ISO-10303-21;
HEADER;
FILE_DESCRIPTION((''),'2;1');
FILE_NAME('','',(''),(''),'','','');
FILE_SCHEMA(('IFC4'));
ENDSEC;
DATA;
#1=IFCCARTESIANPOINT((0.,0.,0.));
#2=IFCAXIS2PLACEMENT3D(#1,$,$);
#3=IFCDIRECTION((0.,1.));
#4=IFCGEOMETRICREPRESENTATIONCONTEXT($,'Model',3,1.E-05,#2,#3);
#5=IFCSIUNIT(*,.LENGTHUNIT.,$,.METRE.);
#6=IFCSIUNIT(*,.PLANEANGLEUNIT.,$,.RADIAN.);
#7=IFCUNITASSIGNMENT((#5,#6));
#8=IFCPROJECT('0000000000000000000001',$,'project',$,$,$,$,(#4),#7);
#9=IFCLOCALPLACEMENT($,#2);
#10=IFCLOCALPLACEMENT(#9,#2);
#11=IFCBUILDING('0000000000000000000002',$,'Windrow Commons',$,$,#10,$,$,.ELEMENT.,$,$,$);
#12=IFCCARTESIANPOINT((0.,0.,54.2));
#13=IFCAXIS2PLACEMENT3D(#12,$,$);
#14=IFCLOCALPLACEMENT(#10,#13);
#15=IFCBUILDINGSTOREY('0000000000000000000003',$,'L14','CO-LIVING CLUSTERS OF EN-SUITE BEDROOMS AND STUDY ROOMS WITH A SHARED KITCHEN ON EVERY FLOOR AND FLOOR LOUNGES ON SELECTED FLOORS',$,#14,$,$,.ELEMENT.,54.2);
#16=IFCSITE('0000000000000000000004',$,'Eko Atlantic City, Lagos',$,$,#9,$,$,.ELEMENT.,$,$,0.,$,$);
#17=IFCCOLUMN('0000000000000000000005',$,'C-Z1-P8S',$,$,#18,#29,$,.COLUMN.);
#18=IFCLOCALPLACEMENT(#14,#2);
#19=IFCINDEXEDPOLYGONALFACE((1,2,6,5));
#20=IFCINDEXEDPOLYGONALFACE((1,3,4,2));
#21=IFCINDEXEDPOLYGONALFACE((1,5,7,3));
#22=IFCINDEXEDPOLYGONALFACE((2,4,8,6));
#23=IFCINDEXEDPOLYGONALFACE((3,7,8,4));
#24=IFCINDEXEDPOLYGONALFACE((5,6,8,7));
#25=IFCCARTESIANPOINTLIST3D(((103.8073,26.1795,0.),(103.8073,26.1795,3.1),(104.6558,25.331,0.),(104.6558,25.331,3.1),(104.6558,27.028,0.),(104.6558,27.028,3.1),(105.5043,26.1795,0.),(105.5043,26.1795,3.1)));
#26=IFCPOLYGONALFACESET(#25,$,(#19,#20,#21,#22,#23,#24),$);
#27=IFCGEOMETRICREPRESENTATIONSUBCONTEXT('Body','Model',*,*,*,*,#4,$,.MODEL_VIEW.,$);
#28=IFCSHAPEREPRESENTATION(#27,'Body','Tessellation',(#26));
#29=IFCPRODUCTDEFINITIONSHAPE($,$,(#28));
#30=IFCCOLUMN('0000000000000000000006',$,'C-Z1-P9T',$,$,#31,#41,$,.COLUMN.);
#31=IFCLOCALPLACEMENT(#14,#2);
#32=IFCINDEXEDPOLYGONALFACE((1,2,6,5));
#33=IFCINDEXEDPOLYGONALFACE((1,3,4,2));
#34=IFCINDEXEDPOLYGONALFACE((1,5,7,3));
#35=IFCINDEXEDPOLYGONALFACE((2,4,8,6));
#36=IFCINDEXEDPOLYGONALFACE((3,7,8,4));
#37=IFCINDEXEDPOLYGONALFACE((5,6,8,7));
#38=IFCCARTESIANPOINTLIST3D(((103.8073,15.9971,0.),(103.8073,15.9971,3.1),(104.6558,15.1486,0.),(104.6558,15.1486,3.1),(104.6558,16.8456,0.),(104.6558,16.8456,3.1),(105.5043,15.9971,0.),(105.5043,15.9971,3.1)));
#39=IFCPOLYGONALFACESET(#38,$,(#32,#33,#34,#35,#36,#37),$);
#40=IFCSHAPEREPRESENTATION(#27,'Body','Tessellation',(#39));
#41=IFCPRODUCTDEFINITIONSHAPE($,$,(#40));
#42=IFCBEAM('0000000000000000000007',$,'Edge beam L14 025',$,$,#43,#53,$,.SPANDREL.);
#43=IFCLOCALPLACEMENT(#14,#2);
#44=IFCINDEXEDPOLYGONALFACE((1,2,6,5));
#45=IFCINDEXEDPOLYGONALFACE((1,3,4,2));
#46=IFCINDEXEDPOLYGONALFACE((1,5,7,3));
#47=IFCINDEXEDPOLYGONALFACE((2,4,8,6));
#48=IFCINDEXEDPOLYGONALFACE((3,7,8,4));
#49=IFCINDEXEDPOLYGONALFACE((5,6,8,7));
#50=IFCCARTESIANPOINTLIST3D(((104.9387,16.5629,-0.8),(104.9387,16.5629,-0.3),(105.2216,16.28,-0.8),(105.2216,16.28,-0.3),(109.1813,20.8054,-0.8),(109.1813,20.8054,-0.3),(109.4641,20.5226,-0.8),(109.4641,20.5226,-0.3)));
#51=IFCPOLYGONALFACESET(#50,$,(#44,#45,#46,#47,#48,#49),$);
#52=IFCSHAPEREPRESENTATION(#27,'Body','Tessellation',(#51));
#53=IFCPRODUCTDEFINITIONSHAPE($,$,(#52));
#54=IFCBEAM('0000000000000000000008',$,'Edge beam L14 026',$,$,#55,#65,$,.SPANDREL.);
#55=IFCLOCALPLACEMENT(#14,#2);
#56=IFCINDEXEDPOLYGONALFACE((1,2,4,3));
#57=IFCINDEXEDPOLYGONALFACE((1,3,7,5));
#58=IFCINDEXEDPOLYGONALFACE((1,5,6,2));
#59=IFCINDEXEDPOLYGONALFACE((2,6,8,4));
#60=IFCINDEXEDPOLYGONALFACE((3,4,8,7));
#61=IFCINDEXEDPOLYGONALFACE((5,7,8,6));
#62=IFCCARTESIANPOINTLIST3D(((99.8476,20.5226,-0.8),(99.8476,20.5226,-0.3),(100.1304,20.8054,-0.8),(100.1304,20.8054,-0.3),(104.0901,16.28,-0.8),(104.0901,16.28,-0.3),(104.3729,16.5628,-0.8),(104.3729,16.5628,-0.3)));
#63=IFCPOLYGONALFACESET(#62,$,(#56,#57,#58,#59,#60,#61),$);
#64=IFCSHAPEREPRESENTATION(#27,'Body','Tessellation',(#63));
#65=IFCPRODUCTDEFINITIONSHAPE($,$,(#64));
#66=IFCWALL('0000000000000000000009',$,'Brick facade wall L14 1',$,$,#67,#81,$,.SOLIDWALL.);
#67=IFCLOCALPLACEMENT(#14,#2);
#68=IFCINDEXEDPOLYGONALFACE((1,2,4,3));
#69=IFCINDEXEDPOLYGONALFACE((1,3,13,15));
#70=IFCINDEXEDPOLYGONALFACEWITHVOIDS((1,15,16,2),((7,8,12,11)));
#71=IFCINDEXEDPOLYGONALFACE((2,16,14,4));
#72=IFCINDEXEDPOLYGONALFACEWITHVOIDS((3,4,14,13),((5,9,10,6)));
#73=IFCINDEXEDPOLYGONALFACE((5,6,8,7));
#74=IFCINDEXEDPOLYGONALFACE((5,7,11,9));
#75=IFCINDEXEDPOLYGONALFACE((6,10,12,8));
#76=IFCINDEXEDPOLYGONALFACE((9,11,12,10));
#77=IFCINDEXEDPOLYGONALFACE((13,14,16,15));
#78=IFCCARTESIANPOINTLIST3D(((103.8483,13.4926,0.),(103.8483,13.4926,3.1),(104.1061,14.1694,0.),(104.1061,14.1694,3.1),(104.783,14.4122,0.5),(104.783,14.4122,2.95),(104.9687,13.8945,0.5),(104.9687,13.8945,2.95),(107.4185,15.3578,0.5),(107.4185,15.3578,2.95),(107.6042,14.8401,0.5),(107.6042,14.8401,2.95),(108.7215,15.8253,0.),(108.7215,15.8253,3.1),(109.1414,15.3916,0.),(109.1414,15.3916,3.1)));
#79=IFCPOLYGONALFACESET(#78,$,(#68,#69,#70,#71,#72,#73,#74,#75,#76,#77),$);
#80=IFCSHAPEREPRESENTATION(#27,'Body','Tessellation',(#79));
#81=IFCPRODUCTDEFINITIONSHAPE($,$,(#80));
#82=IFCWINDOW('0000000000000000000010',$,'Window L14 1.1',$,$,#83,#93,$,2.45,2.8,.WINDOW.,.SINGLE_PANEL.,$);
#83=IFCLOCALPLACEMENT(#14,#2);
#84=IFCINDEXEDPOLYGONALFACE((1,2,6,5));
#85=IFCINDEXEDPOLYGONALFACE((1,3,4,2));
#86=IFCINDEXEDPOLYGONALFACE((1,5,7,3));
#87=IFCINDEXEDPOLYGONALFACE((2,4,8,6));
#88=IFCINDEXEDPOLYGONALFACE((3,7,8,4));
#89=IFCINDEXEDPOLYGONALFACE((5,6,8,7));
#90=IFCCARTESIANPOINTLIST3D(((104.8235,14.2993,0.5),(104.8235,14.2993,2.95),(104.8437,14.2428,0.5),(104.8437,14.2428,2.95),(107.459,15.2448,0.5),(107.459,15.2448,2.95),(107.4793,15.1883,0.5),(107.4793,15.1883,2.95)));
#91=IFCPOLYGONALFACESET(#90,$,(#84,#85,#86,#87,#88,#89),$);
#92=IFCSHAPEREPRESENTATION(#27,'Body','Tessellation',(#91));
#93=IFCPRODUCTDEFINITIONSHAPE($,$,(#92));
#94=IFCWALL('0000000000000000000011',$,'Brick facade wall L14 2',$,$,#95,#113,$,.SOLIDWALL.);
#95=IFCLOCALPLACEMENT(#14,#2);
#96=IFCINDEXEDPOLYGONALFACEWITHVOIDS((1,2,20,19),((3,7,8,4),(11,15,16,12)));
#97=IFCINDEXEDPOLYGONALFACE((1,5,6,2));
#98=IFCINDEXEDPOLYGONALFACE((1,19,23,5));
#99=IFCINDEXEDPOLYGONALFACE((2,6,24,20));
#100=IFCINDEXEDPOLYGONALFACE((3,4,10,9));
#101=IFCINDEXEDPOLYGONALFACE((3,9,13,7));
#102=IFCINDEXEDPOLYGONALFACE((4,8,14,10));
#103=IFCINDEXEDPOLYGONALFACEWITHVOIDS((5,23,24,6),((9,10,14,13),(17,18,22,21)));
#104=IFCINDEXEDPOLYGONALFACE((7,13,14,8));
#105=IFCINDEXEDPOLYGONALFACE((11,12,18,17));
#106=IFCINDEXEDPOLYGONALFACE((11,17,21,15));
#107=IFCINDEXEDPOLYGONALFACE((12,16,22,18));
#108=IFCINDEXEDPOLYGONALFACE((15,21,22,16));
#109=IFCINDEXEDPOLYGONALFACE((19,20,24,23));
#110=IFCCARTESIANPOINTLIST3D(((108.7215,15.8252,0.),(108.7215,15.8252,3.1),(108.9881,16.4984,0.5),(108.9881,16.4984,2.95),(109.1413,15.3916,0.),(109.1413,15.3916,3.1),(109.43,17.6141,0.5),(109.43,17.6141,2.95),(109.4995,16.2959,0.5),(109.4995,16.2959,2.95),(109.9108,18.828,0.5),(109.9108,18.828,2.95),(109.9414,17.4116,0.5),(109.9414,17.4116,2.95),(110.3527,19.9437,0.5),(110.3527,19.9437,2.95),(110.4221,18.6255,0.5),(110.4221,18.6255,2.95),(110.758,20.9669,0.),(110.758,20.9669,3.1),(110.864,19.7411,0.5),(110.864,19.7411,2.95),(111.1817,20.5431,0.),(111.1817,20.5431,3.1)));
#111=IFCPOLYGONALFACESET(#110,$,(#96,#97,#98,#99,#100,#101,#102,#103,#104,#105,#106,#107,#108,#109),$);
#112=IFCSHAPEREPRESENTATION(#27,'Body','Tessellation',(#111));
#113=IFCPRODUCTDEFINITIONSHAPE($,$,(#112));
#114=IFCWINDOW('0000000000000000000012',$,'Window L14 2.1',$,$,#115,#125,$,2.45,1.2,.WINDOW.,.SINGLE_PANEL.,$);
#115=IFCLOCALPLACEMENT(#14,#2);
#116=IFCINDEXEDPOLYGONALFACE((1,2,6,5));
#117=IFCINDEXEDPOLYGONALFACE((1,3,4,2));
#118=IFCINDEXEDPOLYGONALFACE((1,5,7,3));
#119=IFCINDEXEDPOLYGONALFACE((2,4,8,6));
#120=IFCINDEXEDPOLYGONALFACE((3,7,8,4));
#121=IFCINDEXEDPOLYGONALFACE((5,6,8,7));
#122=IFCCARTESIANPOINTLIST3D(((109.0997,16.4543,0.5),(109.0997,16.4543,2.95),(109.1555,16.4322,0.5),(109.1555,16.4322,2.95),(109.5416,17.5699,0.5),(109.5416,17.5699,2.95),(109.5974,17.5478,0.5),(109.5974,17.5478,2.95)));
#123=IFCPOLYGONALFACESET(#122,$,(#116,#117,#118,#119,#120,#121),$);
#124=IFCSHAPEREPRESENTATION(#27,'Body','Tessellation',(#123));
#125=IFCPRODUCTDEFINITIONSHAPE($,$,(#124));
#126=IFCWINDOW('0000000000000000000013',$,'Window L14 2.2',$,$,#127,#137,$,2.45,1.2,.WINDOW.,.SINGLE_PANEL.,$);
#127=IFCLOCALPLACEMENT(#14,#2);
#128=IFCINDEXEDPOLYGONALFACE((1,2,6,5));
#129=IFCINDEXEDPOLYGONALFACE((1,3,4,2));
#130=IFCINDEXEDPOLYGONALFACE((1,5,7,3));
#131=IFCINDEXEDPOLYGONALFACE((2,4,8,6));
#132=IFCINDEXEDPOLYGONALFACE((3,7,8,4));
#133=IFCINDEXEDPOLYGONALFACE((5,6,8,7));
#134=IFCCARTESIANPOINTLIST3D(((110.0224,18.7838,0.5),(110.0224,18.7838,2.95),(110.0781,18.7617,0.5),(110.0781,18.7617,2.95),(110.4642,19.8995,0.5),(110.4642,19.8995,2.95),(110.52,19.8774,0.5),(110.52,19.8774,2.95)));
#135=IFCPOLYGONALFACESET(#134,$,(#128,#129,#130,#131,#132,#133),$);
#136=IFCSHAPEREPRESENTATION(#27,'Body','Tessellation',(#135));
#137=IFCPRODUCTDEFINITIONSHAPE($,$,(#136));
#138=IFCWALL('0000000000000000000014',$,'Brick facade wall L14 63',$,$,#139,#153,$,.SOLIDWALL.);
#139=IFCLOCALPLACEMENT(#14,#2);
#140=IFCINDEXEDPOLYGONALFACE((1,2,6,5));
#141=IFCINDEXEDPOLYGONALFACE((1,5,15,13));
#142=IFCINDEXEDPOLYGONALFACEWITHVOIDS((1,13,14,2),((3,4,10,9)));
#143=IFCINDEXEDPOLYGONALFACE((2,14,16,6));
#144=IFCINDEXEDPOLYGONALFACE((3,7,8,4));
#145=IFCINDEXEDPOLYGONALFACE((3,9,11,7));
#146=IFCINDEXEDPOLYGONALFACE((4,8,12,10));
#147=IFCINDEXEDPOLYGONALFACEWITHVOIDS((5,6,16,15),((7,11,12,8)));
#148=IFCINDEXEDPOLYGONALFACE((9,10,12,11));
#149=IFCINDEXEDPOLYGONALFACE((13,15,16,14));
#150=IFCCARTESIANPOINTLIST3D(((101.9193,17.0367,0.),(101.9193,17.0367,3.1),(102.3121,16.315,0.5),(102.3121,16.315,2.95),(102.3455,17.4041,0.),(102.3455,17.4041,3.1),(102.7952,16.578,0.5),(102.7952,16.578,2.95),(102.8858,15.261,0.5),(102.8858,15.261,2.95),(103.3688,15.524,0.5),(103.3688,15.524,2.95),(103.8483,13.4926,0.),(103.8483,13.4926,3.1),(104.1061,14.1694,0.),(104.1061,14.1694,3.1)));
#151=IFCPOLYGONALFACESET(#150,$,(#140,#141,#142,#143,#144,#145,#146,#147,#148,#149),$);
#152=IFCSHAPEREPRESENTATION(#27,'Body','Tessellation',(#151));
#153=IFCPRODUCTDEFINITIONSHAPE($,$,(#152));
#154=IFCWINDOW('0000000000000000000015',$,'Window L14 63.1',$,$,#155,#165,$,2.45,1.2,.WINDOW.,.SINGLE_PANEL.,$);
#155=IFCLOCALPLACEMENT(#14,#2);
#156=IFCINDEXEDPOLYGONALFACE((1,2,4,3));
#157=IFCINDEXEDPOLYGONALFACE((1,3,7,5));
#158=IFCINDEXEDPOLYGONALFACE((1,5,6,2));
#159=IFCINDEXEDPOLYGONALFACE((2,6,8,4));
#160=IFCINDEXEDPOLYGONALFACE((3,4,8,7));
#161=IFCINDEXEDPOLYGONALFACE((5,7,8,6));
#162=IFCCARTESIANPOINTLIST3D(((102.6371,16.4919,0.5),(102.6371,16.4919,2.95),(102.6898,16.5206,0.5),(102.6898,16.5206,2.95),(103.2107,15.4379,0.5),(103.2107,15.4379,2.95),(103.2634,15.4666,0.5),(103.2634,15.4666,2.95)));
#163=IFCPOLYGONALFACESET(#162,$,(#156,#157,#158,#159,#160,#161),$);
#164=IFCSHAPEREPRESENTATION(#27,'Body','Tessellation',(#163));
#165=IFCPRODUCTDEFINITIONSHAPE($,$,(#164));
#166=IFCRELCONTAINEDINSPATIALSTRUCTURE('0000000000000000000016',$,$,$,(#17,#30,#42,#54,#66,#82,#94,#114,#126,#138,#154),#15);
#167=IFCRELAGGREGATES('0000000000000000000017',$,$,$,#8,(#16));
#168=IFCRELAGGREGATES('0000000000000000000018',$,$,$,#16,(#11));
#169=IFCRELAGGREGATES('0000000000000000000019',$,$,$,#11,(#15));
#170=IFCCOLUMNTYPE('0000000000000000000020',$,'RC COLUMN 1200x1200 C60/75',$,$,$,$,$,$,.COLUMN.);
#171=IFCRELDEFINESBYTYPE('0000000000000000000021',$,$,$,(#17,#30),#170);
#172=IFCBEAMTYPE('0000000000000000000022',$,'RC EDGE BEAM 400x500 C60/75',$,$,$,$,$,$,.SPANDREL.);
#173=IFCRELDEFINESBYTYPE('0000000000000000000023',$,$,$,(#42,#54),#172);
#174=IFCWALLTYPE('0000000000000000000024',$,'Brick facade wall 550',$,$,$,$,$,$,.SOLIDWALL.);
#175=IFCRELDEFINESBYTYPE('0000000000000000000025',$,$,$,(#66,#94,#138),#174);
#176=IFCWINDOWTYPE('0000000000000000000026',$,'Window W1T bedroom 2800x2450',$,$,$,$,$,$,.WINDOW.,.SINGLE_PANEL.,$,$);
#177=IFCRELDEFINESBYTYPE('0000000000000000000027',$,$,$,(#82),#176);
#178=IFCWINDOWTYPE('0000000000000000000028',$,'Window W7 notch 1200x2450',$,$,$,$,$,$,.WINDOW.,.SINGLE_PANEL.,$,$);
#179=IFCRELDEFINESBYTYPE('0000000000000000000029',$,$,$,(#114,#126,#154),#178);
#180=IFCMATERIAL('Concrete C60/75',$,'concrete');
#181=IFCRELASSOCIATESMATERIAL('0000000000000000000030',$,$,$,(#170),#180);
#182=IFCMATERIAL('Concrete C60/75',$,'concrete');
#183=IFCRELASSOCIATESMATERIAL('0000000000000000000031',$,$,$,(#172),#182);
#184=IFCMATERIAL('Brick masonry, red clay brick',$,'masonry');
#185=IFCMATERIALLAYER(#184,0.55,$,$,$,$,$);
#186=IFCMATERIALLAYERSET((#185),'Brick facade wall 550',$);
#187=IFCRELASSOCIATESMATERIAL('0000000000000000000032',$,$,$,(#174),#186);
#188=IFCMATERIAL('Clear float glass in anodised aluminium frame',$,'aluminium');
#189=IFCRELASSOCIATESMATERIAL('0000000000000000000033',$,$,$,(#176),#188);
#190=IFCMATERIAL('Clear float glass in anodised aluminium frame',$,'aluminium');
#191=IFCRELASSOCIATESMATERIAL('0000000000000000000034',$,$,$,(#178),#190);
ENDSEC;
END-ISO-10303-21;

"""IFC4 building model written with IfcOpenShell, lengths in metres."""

from ifc_helpers import new_model, si_unit, direction, frame, frame_2d, origin, origin_2d, place, context, subcontext, project, spatial, polyline, rectangle, outline, extrude, material, layer, layer_set, material_profile, profile_set, type_object, element, fill, save


model = new_model("IFC4")

# Units and contexts
model_context = context("Model", 3, precision=1e-05, world=origin(), true_north=direction((0.0, 1.0)))
body_context = subcontext(model_context, "Body", "Model", "MODEL_VIEW")
ifc_project = project(units=[si_unit("LENGTHUNIT", "METRE"), si_unit("PLANEANGLEUNIT", "RADIAN")], contexts=[model_context])

# Site, building, storey
site_placement = place(None, origin())
site = spatial("IfcSite", under=ifc_project, at=site_placement, Name="Eko Atlantic City, Lagos", CompositionType="ELEMENT", RefElevation=0.0)
building_placement = place(site_placement, origin())
building = spatial("IfcBuilding", under=site, at=building_placement, Name="Windrow Commons", CompositionType="ELEMENT")
storey_placement = place(building_placement, frame((0.0, 0.0, 54.2)))
storey = spatial("IfcBuildingStorey", under=building, at=storey_placement, Name="L14", Description="CO-LIVING CLUSTERS OF EN-SUITE BEDROOMS AND STUDY ROOMS WITH A SHARED KITCHEN ON EVERY FLOOR AND FLOOR LOUNGES ON SELECTED FLOORS", CompositionType="ELEMENT", Elevation=54.2)

# Columns
ifc_material_1 = material(Name="Concrete C60/75", Category="concrete")
ifc_material_profile_1 = material_profile(ifc_material_1, rectangle(XDim=1.2, YDim=1.2, at=origin_2d()))
ifc_profile_set_1 = profile_set([ifc_material_profile_1], Name="Concrete C60/75")
column_type = type_object("IfcColumnType", Name="RC COLUMN 1200x1200 C60/75", PredefinedType="COLUMN", material=ifc_profile_set_1)
for number, where, z_axis, x_axis, name in (
    (1, (104.6558, 26.1795, 0.0), (0.0, 0.0, 1.0), (0.707107, -0.707107, 0.0), "C-Z1-P8S"),
    (2, (104.6558, 15.9971, 0.0), (0.0, 0.0, 1.0), (0.707107, -0.707107, 0.0), "C-Z1-P9T"),
):
    element("IfcColumn", number, at=place(storey_placement, frame(where, z_axis=z_axis, x_axis=x_axis)), inside=storey, type_object=column_type, Name=name, PredefinedType="COLUMN", context=body_context, shape_type="SweptSolid", body=[
        extrude(rectangle(XDim=1.2, YDim=1.2, at=origin_2d()), origin(), (0.0, 0.0, 1.0), 3.1),
    ])

# Beams
ifc_material_2 = material(Name="Concrete C60/75", Category="concrete")
ifc_material_profile_2 = material_profile(ifc_material_2, rectangle(XDim=0.4, YDim=0.5, at=origin_2d()))
ifc_profile_set_2 = profile_set([ifc_material_profile_2], Name="Concrete C60/75")
beam_type = type_object("IfcBeamType", Name="RC EDGE BEAM 400x500 C60/75", PredefinedType="SPANDREL", material=ifc_profile_set_2)
for number, where, z_axis, x_axis, name in (
    (3, (109.3227, 20.664, -0.55), (-0.707107, -0.707107, 0.0), (0.707107, -0.707107, 0.0), "Edge beam L14 025"),
    (4, (104.2315, 16.4214, -0.55), (-0.707098, 0.707115, 0.0), (-0.707115, -0.707098, 0.0), "Edge beam L14 026"),
):
    element("IfcBeam", number, at=place(storey_placement, frame(where, z_axis=z_axis, x_axis=x_axis)), inside=storey, type_object=beam_type, Name=name, PredefinedType="SPANDREL", context=body_context, shape_type="SweptSolid", body=[
        extrude(rectangle(XDim=0.4, YDim=0.5, at=origin_2d()), origin(), (0.0, 0.0, 1.0), 5.9999),
    ])

# Wall, opening, window
ifc_material_3 = material(Name="Brick masonry, red clay brick", Category="masonry")
ifc_layer_1 = layer(ifc_material_3, 0.55)
ifc_layer_set_1 = layer_set([ifc_layer_1], Name="Brick facade wall 550")
wall_type_1 = type_object("IfcWallType", Name="Brick facade wall 550", PredefinedType="SOLIDWALL", material=ifc_layer_set_1)
wall_1_placement = place(storey_placement, frame((103.9772, 13.831, 0.0), z_axis=(0.0, 0.0, 1.0), x_axis=(0.941257, 0.337691, 0.0)))
wall_1 = element("IfcWall", 5, at=wall_1_placement, inside=storey, type_object=wall_type_1, Name="Brick facade wall L14 1", PredefinedType="SOLIDWALL", context=body_context, shape_type="SweptSolid", body=[
    extrude(outline(polyline([(-0.2356, -0.275), (5.3878, -0.275), (5.1391, 0.275), (0.2356, 0.275), (-0.2356, -0.275)])), origin(), (0.0, 0.0, 1.0), 3.1),
])
opening_1_placement = place(wall_1_placement, frame((0.9547, 0.0, 0.5)))
opening_1 = element("IfcOpeningElement", 6, at=opening_1_placement, cuts=wall_1, PredefinedType="OPENING", context=body_context, shape_type="SweptSolid", body=[
    extrude(rectangle(XDim=2.8, YDim=2.45, at=frame_2d((1.4, 1.225))), frame((0.0, 0.285, 0.0), z_axis=(0.0, -1.0, 0.0), x_axis=(1.0, 0.0, 0.0)), (0.0, 0.0, 1.0), 0.57),
])
ifc_material_4 = material(Name="Clear float glass in anodised aluminium frame", Category="aluminium")
window_type_1 = type_object("IfcWindowType", Name="Window W1T bedroom 2800x2450", PartitioningType="SINGLE_PANEL", PredefinedType="WINDOW", material=ifc_material_4)
window_1_placement = place(opening_1_placement, origin())
window_1 = element("IfcWindow", 7, at=window_1_placement, inside=storey, type_object=window_type_1, Name="Window L14 1.1", OverallHeight=2.45, OverallWidth=2.8, PartitioningType="SINGLE_PANEL", PredefinedType="WINDOW", context=body_context, shape_type="SweptSolid", body=[
    extrude(rectangle(XDim=2.8, YDim=2.45, at=frame_2d((1.4, 1.225))), frame((0.0, 0.155, 0.0), z_axis=(0.0, -1.0, 0.0), x_axis=(1.0, 0.0, 0.0)), (0.0, 0.0, 1.0), 0.06),
])
fill(opening_1, window_1)

# Wall, openings, windows
wall_2_placement = place(storey_placement, frame((108.9314, 15.6084, 0.0), z_axis=(0.0, 0.0, 1.0), x_axis=(0.368237, 0.929732, 0.0)))
wall_2 = element("IfcWall", 8, at=wall_2_placement, inside=storey, type_object=wall_type_1, Name="Brick facade wall L14 2", PredefinedType="SOLIDWALL", context=body_context, shape_type="SweptSolid", body=[
    extrude(outline(polyline([(-0.1243, -0.275), (5.4166, -0.275), (5.6546, 0.275), (0.1243, 0.275), (-0.1243, -0.275)])), origin(), (0.0, 0.0, 1.0), 3.1),
])
opening_2_placement = place(wall_2_placement, frame((0.8484, 0.0, 0.5)))
opening_2 = element("IfcOpeningElement", 9, at=opening_2_placement, cuts=wall_2, PredefinedType="OPENING", context=body_context, shape_type="SweptSolid", body=[
    extrude(rectangle(XDim=1.2, YDim=2.45, at=frame_2d((0.6, 1.225))), frame((0.0, 0.285, 0.0), z_axis=(0.0, -1.0, 0.0), x_axis=(1.0, 0.0, 0.0)), (0.0, 0.0, 1.0), 0.57),
])
opening_3_placement = place(wall_2_placement, frame((3.354, 0.0, 0.5)))
opening_3 = element("IfcOpeningElement", 10, at=opening_3_placement, cuts=wall_2, PredefinedType="OPENING", context=body_context, shape_type="SweptSolid", body=[
    extrude(rectangle(XDim=1.2, YDim=2.45, at=frame_2d((0.6, 1.225))), frame((0.0, 0.285, 0.0), z_axis=(0.0, -1.0, 0.0), x_axis=(1.0, 0.0, 0.0)), (0.0, 0.0, 1.0), 0.57),
])
ifc_material_5 = material(Name="Clear float glass in anodised aluminium frame", Category="aluminium")
window_type_2 = type_object("IfcWindowType", Name="Window W7 notch 1200x2450", PartitioningType="SINGLE_PANEL", PredefinedType="WINDOW", material=ifc_material_5)
window_2_placement = place(opening_2_placement, origin())
window_2 = element("IfcWindow", 11, at=window_2_placement, inside=storey, type_object=window_type_2, Name="Window L14 2.1", OverallHeight=2.45, OverallWidth=1.2, PartitioningType="SINGLE_PANEL", PredefinedType="WINDOW", context=body_context, shape_type="SweptSolid", body=[
    extrude(rectangle(XDim=1.2, YDim=2.45, at=frame_2d((0.6, 1.225))), frame((0.0, 0.155, 0.0), z_axis=(0.0, -1.0, 0.0), x_axis=(1.0, 0.0, 0.0)), (0.0, 0.0, 1.0), 0.06),
])
fill(opening_2, window_2)
window_3_placement = place(opening_3_placement, origin())
window_3 = element("IfcWindow", 12, at=window_3_placement, inside=storey, type_object=window_type_2, Name="Window L14 2.2", OverallHeight=2.45, OverallWidth=1.2, PartitioningType="SINGLE_PANEL", PredefinedType="WINDOW", context=body_context, shape_type="SweptSolid", body=[
    extrude(rectangle(XDim=1.2, YDim=2.45, at=frame_2d((0.6, 1.225))), frame((0.0, 0.155, 0.0), z_axis=(0.0, -1.0, 0.0), x_axis=(1.0, 0.0, 0.0)), (0.0, 0.0, 1.0), 0.06),
])
fill(opening_3, window_3)

# Wall, opening, window
wall_3_placement = place(storey_placement, frame((102.1324, 17.2204, 0.0), z_axis=(0.0, 0.0, 1.0), x_axis=(0.47806, -0.878327, 0.0)))
wall_3 = element("IfcWall", 13, at=wall_3_placement, inside=storey, type_object=wall_type_1, Name="Brick facade wall L14 63", PredefinedType="SOLIDWALL", context=body_context, shape_type="SweptSolid", body=[
    extrude(outline(polyline([(0.0595, -0.275), (4.0945, -0.275), (3.6233, 0.275), (-0.0595, 0.275), (0.0595, -0.275)])), origin(), (0.0, 0.0, 1.0), 3.1),
])
opening_4_placement = place(wall_3_placement, frame((0.8811, 0.0, 0.5)))
opening_4 = element("IfcOpeningElement", 14, at=opening_4_placement, cuts=wall_3, PredefinedType="OPENING", context=body_context, shape_type="SweptSolid", body=[
    extrude(rectangle(XDim=1.2, YDim=2.45, at=frame_2d((0.6, 1.225))), frame((0.0, 0.285, 0.0), z_axis=(0.0, -1.0, 0.0), x_axis=(1.0, 0.0, 0.0)), (0.0, 0.0, 1.0), 0.57),
])
window_4_placement = place(opening_4_placement, origin())
window_4 = element("IfcWindow", 15, at=window_4_placement, inside=storey, type_object=window_type_2, Name="Window L14 63.1", OverallHeight=2.45, OverallWidth=1.2, PartitioningType="SINGLE_PANEL", PredefinedType="WINDOW", context=body_context, shape_type="SweptSolid", body=[
    extrude(rectangle(XDim=1.2, YDim=2.45, at=frame_2d((0.6, 1.225))), frame((0.0, 0.155, 0.0), z_axis=(0.0, -1.0, 0.0), x_axis=(1.0, 0.0, 0.0)), (0.0, 0.0, 1.0), 0.06),
])
fill(opening_4, window_4)

save(model, "model.ifc")
